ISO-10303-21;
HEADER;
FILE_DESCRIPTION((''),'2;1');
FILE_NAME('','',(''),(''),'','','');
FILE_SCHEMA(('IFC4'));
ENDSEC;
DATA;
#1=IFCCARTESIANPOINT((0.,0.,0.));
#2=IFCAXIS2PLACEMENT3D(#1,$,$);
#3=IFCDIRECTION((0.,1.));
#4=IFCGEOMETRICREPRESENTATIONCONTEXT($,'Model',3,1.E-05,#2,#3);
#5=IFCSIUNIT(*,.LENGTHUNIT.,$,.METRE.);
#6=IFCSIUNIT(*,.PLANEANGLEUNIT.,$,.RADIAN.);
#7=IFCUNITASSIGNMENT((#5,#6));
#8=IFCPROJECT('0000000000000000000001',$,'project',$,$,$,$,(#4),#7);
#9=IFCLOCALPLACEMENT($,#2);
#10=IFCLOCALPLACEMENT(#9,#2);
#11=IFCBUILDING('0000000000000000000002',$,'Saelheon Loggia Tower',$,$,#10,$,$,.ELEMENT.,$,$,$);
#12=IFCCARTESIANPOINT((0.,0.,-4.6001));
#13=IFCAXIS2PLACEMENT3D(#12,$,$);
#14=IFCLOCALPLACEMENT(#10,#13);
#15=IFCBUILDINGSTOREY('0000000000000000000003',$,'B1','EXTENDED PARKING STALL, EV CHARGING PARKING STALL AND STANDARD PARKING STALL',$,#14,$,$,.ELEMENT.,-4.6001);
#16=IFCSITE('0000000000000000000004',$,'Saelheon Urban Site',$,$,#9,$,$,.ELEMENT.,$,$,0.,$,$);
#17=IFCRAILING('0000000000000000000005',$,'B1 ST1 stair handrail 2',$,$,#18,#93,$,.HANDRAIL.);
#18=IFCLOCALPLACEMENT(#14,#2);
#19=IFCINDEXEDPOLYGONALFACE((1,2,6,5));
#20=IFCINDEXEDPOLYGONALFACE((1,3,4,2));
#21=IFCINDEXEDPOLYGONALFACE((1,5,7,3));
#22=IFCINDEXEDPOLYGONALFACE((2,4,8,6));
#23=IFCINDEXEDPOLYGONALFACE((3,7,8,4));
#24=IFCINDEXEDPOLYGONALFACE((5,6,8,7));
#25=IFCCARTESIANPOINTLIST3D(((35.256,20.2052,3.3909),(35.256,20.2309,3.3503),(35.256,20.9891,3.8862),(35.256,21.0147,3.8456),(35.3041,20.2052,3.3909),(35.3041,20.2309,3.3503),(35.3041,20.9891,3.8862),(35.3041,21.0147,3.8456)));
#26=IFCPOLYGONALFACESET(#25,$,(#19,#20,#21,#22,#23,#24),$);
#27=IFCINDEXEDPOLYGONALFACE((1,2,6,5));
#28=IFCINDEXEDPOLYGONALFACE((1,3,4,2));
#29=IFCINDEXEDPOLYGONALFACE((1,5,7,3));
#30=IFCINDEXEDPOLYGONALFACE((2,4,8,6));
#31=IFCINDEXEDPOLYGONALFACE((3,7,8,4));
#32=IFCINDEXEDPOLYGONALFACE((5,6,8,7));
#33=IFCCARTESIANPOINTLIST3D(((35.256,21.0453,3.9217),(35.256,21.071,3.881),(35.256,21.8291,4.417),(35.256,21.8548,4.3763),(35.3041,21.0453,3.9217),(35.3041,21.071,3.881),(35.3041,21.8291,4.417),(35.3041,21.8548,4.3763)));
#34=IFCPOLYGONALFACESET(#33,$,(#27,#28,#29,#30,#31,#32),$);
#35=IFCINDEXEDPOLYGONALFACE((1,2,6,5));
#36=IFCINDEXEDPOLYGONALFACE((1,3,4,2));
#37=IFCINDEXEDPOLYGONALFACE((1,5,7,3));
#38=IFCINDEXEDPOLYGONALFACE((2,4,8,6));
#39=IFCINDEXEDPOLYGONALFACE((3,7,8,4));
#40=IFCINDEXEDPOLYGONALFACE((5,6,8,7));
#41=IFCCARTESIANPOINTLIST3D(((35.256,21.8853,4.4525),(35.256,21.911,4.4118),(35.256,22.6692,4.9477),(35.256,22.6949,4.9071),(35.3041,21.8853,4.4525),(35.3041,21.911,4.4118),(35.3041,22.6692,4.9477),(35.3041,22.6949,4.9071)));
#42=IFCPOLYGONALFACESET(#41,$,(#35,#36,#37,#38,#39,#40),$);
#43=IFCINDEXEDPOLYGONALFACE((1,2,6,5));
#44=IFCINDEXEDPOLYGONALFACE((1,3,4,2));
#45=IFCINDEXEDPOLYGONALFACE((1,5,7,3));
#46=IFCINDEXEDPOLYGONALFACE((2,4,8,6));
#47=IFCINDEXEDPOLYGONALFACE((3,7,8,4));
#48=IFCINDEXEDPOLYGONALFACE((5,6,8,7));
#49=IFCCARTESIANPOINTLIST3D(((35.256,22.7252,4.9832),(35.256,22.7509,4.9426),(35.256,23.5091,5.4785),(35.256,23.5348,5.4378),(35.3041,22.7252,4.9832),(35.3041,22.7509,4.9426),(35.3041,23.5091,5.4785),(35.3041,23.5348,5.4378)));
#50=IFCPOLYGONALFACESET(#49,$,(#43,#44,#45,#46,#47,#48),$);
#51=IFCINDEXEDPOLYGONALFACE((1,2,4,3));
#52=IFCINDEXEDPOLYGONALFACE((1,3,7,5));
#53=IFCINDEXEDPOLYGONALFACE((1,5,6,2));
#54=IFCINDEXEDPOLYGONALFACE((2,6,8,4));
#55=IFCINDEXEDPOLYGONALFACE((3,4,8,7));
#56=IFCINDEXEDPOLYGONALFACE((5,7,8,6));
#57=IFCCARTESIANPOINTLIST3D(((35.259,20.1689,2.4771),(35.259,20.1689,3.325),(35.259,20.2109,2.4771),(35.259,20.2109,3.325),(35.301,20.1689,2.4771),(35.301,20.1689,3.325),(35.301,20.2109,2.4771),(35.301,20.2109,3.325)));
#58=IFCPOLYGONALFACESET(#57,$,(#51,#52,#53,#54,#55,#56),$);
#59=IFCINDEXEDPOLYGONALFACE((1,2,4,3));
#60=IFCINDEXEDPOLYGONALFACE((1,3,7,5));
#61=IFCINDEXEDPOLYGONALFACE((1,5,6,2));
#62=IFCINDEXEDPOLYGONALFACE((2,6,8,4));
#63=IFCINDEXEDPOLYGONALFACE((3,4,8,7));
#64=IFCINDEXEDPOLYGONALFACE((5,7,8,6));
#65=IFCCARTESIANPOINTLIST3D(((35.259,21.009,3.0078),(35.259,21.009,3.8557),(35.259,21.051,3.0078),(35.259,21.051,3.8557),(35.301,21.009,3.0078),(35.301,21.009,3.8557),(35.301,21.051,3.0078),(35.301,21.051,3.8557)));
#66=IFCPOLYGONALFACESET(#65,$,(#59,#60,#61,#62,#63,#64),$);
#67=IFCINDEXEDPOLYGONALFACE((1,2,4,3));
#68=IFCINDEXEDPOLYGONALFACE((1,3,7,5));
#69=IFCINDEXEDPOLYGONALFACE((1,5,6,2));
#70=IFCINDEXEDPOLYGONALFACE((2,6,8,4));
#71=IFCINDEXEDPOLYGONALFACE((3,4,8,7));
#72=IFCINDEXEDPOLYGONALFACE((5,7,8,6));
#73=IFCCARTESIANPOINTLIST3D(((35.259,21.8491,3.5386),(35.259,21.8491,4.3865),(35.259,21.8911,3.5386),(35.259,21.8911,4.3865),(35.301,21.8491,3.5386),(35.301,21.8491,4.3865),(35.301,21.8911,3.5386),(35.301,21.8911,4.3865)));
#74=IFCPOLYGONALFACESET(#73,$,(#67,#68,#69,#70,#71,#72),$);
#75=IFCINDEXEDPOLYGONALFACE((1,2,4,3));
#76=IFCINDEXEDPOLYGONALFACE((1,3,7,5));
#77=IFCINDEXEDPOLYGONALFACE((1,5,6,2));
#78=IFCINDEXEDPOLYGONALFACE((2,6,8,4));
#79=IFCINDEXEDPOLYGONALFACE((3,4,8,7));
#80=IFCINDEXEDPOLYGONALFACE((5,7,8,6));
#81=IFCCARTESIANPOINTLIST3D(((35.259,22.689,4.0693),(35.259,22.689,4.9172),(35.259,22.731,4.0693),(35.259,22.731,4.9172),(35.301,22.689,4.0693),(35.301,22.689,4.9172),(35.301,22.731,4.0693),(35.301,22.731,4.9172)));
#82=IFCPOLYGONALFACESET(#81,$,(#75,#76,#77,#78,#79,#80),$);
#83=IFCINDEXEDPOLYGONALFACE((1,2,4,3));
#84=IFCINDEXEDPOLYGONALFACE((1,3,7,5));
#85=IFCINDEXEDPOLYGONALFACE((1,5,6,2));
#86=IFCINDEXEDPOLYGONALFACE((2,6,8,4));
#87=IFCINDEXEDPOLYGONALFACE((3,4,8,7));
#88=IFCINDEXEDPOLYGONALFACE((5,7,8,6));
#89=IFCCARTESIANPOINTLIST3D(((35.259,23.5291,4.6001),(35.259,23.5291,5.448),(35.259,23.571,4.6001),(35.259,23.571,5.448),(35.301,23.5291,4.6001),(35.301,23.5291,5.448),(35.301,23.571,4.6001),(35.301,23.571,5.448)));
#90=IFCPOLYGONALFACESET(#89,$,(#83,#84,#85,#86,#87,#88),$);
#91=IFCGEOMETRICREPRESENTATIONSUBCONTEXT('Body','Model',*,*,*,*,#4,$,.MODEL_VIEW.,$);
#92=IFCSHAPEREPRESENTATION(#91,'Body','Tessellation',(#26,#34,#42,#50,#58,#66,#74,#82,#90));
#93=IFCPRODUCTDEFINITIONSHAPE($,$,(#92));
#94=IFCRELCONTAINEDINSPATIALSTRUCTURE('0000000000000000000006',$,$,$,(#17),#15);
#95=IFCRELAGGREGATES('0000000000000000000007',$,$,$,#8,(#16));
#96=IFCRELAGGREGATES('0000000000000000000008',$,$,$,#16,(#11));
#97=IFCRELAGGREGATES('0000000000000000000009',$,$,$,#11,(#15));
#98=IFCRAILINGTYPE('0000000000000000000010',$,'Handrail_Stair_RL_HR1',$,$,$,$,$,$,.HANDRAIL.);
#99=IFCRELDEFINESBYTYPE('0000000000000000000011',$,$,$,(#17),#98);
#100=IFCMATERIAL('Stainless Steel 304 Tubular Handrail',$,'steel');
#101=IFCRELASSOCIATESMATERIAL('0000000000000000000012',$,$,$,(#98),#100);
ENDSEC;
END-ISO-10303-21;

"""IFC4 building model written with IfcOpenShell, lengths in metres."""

from ifc_helpers import new_model, si_unit, direction, frame, origin, origin_2d, place, context, subcontext, project, spatial, rectangle, extrude, material, type_object, element, save


model = new_model("IFC4")

# Units and contexts
model_context = context("Model", 3, precision=1e-05, world=origin(), true_north=direction((0.0, 1.0)))
body_context = subcontext(model_context, "Body", "Model", "MODEL_VIEW")
ifc_project = project(units=[si_unit("LENGTHUNIT", "METRE"), si_unit("PLANEANGLEUNIT", "RADIAN")], contexts=[model_context])

# Site, building, storey
site_placement = place(None, origin())
site = spatial("IfcSite", under=ifc_project, at=site_placement, Name="Saelheon Urban Site", CompositionType="ELEMENT", RefElevation=0.0)
building_placement = place(site_placement, origin())
building = spatial("IfcBuilding", under=site, at=building_placement, Name="Saelheon Loggia Tower", CompositionType="ELEMENT")
storey_placement = place(building_placement, frame((0.0, 0.0, -4.6001)))
storey = spatial("IfcBuildingStorey", under=building, at=storey_placement, Name="B1", Description="EXTENDED PARKING STALL, EV CHARGING PARKING STALL AND STANDARD PARKING STALL", CompositionType="ELEMENT", Elevation=-4.6001)

# Railing
ifc_material_1 = material(Name="Stainless Steel 304 Tubular Handrail", Category="steel")
railing_type_1 = type_object("IfcRailingType", Name="Handrail_Stair_RL_HR1", PredefinedType="HANDRAIL", material=ifc_material_1)
railing_1_placement = place(storey_placement, frame((35.28, 20.1899, 2.4771)))
element("IfcRailing", 1, at=railing_1_placement, inside=storey, type_object=railing_type_1, Name="B1 ST1 stair handrail 2", PredefinedType="HANDRAIL", context=body_context, shape_type="SweptSolid", body=[
    extrude(rectangle(XDim=0.0481, YDim=0.0481, at=origin_2d()), frame((0.0, 0.0281, 0.8936), z_axis=(0.0, 0.84539, 0.53415), x_axis=(-1.0, 0.0, 0.0)), (0.0, 0.0, 1.0), 0.9272),
    extrude(rectangle(XDim=0.0481, YDim=0.0481, at=origin_2d()), frame((0.0, 0.8682, 1.4243), z_axis=(0.0, 0.84539, 0.53415), x_axis=(-1.0, 0.0, 0.0)), (0.0, 0.0, 1.0), 0.9272),
    extrude(rectangle(XDim=0.0481, YDim=0.0481, at=origin_2d()), frame((0.0, 1.7083, 1.9551), z_axis=(0.0, 0.84539, 0.53415), x_axis=(-1.0, 0.0, 0.0)), (0.0, 0.0, 1.0), 0.9272),
    extrude(rectangle(XDim=0.0481, YDim=0.0481, at=origin_2d()), frame((0.0, 2.5481, 2.4858), z_axis=(0.0, 0.84539, 0.53415), x_axis=(-1.0, 0.0, 0.0)), (0.0, 0.0, 1.0), 0.9272),
    extrude(rectangle(XDim=0.042, YDim=0.042, at=origin_2d()), origin(), (0.0, 0.0, 1.0), 0.8479),
    extrude(rectangle(XDim=0.042, YDim=0.042, at=origin_2d()), frame((0.0, 0.8401, 0.5308)), (0.0, 0.0, 1.0), 0.8479),
    extrude(rectangle(XDim=0.042, YDim=0.042, at=origin_2d()), frame((0.0, 1.6802, 1.0615)), (0.0, 0.0, 1.0), 0.8479),
    extrude(rectangle(XDim=0.042, YDim=0.042, at=origin_2d()), frame((0.0, 2.52, 1.5923)), (0.0, 0.0, 1.0), 0.8479),
    extrude(rectangle(XDim=0.042, YDim=0.042, at=origin_2d()), frame((0.0, 3.3601, 2.123)), (0.0, 0.0, 1.0), 0.8479),
])

save(model, "model.ifc")
